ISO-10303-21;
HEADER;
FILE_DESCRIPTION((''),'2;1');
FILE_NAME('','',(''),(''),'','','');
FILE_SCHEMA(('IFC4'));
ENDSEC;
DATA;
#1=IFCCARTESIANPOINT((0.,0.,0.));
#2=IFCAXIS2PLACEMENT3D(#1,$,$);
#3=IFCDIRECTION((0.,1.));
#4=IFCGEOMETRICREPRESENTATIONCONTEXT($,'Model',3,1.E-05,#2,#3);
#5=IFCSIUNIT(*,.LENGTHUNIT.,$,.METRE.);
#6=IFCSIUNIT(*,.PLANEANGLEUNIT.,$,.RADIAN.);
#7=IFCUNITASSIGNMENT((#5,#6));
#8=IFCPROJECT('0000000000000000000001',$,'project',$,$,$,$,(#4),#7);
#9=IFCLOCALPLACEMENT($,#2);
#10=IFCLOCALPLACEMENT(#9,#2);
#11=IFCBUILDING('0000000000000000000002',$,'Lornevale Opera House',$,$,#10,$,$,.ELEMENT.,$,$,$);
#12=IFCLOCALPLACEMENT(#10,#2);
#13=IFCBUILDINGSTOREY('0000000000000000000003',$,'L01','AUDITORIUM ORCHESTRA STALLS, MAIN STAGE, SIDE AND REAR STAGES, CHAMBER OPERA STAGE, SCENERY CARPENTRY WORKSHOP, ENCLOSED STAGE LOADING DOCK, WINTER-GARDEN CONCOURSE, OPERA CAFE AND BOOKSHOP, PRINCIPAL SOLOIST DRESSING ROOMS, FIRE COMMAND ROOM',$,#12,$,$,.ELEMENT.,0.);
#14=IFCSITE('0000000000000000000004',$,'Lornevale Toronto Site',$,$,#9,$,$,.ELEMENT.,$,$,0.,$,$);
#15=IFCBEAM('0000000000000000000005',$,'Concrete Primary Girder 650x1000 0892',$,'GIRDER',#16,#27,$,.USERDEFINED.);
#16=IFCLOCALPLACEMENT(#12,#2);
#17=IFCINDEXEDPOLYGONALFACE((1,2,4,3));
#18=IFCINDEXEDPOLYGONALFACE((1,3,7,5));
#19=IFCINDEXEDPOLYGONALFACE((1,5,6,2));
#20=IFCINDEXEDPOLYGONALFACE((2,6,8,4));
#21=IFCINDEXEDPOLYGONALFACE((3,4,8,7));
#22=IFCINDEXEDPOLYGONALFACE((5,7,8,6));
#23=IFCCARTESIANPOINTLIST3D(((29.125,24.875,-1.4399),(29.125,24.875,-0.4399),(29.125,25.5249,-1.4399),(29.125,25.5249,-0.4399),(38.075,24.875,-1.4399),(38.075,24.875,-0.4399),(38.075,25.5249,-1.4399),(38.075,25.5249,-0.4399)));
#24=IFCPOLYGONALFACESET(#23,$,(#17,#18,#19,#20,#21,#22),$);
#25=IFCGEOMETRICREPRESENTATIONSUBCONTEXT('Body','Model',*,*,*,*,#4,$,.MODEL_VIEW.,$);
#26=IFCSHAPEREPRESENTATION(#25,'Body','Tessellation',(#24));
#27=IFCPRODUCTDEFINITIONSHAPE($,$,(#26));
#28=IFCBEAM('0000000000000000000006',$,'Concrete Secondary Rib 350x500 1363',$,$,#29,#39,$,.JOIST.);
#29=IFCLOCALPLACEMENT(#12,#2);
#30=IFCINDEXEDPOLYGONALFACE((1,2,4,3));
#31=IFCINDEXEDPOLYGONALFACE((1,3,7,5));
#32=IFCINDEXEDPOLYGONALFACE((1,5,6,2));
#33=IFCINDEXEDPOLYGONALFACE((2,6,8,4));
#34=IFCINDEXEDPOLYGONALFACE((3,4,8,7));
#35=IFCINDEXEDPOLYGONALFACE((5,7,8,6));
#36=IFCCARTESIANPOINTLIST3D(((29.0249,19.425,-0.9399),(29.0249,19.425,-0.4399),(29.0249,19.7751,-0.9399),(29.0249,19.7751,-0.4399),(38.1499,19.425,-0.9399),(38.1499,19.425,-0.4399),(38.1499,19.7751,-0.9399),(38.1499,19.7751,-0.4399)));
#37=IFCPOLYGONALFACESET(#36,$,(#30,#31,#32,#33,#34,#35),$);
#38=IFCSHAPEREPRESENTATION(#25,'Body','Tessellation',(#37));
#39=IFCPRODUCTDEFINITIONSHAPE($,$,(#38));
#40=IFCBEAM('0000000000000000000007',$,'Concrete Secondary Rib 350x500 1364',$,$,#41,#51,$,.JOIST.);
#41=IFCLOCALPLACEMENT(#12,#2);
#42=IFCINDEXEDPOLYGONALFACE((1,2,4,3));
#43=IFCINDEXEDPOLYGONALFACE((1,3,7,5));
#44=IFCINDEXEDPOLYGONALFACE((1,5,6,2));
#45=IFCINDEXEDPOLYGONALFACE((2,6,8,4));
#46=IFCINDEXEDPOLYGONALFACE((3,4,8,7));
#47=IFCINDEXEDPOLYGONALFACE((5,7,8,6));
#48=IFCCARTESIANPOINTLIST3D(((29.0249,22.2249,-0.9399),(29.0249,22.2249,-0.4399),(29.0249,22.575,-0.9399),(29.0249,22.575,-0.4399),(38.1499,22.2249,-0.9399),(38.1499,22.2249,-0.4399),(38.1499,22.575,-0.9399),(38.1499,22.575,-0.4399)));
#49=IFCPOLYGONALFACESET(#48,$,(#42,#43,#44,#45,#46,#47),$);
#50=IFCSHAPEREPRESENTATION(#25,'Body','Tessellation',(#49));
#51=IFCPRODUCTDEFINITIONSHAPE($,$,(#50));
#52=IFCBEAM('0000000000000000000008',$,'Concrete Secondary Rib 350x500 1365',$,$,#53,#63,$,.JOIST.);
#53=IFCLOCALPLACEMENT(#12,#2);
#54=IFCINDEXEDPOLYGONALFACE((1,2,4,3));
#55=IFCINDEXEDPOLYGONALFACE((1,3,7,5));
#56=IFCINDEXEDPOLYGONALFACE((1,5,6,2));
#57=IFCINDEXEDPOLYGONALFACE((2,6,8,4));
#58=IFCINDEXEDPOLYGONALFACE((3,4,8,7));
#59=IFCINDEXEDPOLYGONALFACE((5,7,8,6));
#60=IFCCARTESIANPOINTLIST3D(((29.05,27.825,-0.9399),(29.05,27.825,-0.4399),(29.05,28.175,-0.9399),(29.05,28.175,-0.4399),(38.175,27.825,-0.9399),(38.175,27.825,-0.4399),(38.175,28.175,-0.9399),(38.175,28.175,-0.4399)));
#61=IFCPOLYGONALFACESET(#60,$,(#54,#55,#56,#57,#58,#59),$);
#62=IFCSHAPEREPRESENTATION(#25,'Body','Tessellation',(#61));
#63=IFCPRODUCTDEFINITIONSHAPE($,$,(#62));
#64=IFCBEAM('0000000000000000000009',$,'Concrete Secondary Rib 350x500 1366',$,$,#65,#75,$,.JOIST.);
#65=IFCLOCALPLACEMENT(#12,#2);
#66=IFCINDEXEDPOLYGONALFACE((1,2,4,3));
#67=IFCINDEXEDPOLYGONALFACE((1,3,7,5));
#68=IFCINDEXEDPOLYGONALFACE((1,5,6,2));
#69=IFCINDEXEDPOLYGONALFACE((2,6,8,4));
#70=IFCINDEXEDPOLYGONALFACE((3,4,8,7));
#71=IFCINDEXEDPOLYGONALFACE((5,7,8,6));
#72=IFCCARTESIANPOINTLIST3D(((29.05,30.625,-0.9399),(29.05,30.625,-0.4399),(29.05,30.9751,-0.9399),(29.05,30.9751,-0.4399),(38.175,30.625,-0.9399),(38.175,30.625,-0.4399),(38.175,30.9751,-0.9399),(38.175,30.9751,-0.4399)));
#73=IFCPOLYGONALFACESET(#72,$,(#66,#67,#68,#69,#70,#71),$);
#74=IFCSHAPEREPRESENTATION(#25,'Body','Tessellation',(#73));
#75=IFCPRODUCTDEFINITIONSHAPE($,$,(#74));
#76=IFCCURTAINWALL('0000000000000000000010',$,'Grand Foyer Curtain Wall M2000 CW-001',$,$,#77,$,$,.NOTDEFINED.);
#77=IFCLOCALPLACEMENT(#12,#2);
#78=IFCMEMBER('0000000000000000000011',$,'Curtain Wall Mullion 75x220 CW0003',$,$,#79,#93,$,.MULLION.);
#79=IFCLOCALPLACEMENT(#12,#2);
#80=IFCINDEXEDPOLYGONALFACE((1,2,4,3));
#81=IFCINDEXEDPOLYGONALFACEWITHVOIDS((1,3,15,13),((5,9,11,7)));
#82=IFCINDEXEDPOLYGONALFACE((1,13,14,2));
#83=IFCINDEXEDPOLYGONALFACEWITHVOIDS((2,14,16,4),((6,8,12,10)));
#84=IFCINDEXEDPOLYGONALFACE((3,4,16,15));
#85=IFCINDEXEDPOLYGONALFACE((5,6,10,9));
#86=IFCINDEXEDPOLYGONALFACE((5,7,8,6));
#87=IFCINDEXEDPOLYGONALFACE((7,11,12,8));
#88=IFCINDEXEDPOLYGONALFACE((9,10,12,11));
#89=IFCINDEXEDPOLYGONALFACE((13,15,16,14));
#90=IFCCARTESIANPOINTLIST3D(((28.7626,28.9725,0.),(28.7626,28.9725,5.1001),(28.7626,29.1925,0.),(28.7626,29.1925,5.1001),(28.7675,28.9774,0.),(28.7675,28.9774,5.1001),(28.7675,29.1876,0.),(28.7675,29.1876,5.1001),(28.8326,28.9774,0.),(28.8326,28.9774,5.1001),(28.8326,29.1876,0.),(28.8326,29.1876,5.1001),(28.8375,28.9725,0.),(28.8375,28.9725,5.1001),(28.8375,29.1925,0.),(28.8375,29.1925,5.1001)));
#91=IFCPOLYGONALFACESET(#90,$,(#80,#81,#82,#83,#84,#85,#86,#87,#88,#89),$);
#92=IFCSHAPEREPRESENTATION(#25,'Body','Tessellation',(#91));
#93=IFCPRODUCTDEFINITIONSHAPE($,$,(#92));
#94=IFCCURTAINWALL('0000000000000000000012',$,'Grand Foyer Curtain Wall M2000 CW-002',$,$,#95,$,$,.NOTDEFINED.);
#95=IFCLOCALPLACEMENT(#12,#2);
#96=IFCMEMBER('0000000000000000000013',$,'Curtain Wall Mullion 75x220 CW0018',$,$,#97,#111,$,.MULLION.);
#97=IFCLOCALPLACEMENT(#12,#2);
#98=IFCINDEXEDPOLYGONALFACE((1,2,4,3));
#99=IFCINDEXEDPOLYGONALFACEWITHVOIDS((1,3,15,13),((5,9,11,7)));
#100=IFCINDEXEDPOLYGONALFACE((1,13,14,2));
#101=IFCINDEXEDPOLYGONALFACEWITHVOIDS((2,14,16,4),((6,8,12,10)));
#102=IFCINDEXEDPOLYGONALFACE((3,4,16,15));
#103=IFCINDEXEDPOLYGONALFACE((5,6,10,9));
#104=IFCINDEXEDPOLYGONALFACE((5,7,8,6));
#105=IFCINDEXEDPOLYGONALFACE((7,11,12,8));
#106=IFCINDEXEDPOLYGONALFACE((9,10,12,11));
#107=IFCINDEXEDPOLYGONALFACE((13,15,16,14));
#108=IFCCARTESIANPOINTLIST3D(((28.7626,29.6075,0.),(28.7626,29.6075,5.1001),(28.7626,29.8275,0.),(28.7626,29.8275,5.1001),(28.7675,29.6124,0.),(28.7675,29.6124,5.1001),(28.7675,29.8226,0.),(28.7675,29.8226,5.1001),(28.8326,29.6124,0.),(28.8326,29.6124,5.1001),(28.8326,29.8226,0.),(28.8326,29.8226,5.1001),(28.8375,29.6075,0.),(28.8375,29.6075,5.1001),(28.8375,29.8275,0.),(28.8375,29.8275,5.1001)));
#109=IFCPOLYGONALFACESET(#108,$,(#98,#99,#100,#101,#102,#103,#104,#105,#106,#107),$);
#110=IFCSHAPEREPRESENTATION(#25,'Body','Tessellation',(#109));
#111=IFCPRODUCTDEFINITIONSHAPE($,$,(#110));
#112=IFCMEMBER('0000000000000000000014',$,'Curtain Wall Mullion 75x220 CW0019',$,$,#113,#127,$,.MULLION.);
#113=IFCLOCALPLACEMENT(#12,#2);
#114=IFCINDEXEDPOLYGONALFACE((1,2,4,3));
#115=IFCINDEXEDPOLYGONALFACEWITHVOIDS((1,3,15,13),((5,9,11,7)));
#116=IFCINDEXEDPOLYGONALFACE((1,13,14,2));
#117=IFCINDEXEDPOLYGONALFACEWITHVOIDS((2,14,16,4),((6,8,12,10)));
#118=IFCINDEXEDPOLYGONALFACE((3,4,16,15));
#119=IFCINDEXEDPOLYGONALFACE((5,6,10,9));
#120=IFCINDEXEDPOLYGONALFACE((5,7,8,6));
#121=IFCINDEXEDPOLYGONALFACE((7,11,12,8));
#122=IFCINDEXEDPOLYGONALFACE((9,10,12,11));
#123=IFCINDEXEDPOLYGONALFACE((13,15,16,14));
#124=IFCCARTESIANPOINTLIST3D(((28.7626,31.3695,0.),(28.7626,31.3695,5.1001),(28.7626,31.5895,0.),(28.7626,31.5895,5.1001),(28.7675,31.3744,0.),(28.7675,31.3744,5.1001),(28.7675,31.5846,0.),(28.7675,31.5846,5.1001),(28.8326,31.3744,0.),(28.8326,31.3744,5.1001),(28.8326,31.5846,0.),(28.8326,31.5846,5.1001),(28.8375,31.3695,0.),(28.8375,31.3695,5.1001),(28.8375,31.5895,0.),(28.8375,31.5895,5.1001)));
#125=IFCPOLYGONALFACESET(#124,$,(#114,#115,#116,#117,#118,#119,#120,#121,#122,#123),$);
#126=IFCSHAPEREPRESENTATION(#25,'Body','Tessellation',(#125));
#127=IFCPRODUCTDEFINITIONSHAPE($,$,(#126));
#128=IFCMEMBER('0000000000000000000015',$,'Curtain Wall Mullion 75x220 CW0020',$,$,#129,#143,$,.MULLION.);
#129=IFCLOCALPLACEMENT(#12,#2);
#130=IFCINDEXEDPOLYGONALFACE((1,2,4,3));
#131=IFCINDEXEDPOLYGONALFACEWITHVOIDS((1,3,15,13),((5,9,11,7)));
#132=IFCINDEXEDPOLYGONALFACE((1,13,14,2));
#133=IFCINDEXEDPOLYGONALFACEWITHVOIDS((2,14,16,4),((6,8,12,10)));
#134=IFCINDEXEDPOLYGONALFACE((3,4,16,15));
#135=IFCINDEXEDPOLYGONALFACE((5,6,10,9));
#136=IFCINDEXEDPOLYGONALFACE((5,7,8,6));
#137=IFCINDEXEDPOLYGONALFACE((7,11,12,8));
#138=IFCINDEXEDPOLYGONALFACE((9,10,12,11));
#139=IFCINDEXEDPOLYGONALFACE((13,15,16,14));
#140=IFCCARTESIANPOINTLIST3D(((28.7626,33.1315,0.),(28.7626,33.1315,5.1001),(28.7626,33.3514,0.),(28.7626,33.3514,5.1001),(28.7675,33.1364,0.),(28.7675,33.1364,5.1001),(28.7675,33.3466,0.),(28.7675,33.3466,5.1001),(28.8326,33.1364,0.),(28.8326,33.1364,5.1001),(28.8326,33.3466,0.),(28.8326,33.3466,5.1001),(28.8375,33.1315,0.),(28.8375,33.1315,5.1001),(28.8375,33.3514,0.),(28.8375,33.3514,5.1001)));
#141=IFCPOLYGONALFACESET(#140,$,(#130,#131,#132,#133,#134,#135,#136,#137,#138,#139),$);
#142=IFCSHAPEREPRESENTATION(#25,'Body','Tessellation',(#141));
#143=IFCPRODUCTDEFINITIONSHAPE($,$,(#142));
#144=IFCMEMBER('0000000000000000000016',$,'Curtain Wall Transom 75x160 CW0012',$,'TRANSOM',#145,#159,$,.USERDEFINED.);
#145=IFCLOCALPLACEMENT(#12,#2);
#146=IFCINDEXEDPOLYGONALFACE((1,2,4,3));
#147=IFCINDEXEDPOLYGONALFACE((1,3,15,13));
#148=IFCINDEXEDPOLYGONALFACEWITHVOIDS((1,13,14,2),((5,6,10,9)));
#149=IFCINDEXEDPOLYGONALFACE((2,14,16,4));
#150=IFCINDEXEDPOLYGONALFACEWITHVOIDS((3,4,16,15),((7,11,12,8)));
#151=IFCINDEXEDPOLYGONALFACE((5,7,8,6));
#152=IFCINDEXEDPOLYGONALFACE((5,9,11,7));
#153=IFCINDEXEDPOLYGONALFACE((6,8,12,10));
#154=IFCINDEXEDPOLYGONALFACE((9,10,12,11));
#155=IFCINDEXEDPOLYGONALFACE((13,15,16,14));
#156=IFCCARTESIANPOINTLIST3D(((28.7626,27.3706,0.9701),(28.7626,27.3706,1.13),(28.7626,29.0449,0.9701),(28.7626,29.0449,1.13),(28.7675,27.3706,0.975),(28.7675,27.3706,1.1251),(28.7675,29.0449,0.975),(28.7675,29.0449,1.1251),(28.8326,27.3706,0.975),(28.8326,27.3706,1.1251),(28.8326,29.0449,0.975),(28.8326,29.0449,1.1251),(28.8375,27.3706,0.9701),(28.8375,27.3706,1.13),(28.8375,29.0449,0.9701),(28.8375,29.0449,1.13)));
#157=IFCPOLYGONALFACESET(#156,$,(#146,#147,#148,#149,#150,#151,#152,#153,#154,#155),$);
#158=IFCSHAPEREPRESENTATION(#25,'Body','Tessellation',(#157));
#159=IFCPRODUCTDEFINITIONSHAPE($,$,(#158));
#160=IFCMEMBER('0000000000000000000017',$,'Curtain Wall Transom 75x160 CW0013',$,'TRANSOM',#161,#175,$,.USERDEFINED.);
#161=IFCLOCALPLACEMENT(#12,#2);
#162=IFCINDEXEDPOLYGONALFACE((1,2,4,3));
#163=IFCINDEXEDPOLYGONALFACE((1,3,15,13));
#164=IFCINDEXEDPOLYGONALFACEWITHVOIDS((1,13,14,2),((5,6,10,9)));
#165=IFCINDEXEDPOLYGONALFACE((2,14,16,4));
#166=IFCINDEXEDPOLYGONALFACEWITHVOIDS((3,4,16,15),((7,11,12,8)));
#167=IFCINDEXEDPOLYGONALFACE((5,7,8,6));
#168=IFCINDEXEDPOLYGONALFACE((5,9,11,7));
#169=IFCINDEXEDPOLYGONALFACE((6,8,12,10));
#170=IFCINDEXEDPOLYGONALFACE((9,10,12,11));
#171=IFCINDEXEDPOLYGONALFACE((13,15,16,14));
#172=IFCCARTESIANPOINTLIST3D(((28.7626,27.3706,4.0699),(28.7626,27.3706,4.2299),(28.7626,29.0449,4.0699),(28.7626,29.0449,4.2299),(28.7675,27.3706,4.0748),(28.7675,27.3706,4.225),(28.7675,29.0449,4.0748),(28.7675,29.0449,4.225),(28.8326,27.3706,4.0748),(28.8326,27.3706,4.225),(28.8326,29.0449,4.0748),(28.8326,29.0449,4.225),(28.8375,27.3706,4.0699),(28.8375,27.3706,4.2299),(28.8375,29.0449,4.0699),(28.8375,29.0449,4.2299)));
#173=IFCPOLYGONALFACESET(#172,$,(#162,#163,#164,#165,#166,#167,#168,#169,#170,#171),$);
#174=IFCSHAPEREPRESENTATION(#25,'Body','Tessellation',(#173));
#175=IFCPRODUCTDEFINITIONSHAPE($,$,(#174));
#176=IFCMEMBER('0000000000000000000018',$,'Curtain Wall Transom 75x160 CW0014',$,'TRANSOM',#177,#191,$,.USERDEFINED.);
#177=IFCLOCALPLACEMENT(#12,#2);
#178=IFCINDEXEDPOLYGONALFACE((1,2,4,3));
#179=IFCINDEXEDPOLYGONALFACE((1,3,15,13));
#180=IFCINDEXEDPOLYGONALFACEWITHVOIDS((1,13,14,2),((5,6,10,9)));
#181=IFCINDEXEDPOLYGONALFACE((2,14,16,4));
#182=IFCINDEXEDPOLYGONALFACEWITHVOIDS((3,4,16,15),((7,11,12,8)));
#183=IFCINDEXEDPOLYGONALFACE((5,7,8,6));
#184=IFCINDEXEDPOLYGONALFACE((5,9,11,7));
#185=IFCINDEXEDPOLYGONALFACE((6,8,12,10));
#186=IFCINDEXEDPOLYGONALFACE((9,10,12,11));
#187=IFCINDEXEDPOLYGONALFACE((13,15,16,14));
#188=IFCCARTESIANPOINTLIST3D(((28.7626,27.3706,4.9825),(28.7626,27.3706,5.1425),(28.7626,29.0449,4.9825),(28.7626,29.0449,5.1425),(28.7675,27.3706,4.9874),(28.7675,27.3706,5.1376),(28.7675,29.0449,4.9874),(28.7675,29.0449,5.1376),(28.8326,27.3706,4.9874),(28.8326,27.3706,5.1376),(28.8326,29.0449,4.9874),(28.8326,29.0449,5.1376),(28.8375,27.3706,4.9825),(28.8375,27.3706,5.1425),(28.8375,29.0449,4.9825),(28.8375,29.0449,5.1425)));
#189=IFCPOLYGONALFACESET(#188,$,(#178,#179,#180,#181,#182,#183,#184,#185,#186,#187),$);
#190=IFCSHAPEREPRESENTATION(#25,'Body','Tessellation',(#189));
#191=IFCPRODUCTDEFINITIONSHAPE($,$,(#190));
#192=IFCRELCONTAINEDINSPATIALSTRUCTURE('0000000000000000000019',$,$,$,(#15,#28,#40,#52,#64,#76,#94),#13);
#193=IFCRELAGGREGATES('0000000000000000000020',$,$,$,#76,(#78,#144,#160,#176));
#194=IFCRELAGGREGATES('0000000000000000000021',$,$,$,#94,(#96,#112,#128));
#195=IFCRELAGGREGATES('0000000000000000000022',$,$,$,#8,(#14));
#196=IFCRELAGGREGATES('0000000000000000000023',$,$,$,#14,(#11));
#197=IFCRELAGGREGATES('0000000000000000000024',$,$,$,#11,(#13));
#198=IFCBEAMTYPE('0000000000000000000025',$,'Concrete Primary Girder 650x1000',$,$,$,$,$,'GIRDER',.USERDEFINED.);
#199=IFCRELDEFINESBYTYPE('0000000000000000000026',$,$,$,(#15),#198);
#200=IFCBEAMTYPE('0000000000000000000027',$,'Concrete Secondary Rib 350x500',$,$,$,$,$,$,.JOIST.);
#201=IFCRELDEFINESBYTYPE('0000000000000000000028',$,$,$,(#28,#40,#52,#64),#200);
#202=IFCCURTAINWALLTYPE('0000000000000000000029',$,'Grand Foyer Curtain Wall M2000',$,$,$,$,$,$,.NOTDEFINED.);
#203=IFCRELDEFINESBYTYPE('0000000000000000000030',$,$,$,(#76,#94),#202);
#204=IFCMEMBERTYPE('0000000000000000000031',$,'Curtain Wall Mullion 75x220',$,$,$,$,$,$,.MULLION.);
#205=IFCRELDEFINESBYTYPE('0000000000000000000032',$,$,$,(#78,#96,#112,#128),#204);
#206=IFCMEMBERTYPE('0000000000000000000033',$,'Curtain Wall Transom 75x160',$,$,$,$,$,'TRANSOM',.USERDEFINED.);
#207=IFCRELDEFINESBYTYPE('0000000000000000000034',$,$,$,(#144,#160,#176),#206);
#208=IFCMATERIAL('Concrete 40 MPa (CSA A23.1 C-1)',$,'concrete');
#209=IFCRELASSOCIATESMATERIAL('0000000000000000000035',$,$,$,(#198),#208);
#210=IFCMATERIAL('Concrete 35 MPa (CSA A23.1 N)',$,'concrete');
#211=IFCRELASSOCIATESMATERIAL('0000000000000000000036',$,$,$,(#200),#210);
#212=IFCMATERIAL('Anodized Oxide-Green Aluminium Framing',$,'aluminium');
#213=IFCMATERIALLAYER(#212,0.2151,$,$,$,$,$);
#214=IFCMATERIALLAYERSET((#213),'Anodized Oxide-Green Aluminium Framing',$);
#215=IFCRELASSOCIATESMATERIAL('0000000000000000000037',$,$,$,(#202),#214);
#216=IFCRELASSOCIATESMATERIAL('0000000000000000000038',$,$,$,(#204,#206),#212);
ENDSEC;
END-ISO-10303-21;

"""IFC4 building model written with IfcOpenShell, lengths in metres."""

from ifc_helpers import new_model, si_unit, direction, frame, origin, origin_2d, place, context, subcontext, project, spatial, rectangle, hollow_rectangle, extrude, material, layer, layer_set, material_profile, profile_set, type_object, element, aggregate, save


model = new_model("IFC4")

# Units and contexts
model_context = context("Model", 3, precision=1e-05, world=origin(), true_north=direction((0.0, 1.0)))
body_context = subcontext(model_context, "Body", "Model", "MODEL_VIEW")
ifc_project = project(units=[si_unit("LENGTHUNIT", "METRE"), si_unit("PLANEANGLEUNIT", "RADIAN")], contexts=[model_context])

# Site, building, storey
site_placement = place(None, origin())
site = spatial("IfcSite", under=ifc_project, at=site_placement, Name="Lornevale Toronto Site", CompositionType="ELEMENT", RefElevation=0.0)
building_placement = place(site_placement, origin())
building = spatial("IfcBuilding", under=site, at=building_placement, Name="Lornevale Opera House", CompositionType="ELEMENT")
storey_placement = place(building_placement, origin())
storey = spatial("IfcBuildingStorey", under=building, at=storey_placement, Name="L01", Description="AUDITORIUM ORCHESTRA STALLS, MAIN STAGE, SIDE AND REAR STAGES, CHAMBER OPERA STAGE, SCENERY CARPENTRY WORKSHOP, ENCLOSED STAGE LOADING DOCK, WINTER-GARDEN CONCOURSE, OPERA CAFE AND BOOKSHOP, PRINCIPAL SOLOIST DRESSING ROOMS, FIRE COMMAND ROOM", CompositionType="ELEMENT", Elevation=0.0)

# Beams
ifc_material_1 = material(Name="Concrete 40 MPa (CSA A23.1 C-1)", Category="concrete")
ifc_material_profile_1 = material_profile(ifc_material_1, rectangle(XDim=0.6499, YDim=1.0, at=origin_2d()), Name="RC650x1000")
ifc_profile_set_1 = profile_set([ifc_material_profile_1], Name="Concrete 40 MPa (CSA A23.1 C-1)")
beam_type_1 = type_object("IfcBeamType", Name="Concrete Primary Girder 650x1000", ElementType="GIRDER", PredefinedType="USERDEFINED", material=ifc_profile_set_1)
beam_placement = place(storey_placement, frame((29.125, 25.2, -0.9399), z_axis=(1.0, 0.0, 0.0), x_axis=(0.0, 1.0, 0.0)))
element("IfcBeam", 1, at=beam_placement, inside=storey, type_object=beam_type_1, Name="Concrete Primary Girder 650x1000 0892", ObjectType="GIRDER", PredefinedType="USERDEFINED", context=body_context, shape_type="SweptSolid", body=[
    extrude(rectangle(XDim=0.6499, YDim=1.0, at=origin_2d()), origin(), (0.0, 0.0, 1.0), 8.95),
])
ifc_material_2 = material(Name="Concrete 35 MPa (CSA A23.1 N)", Category="concrete")
ifc_material_profile_2 = material_profile(ifc_material_2, rectangle(XDim=0.3501, YDim=0.5, at=origin_2d()), Name="RC350x500")
ifc_profile_set_2 = profile_set([ifc_material_profile_2], Name="Concrete 35 MPa (CSA A23.1 N)")
beam_type_2 = type_object("IfcBeamType", Name="Concrete Secondary Rib 350x500", PredefinedType="JOIST", material=ifc_profile_set_2)
for number, where, z_axis, x_axis, name in (
    (2, (29.0249, 19.6001, -0.6899), (1.0, 0.0, 0.0), (0.0, 1.0, 0.0), "Concrete Secondary Rib 350x500 1363"),
    (3, (29.0249, 22.3999, -0.6899), (1.0, 0.0, 0.0), (0.0, 1.0, 0.0), "Concrete Secondary Rib 350x500 1364"),
    (4, (29.05, 28.0, -0.6899), (1.0, 0.0, 0.0), (0.0, 1.0, 0.0), "Concrete Secondary Rib 350x500 1365"),
    (5, (29.05, 30.8, -0.6899), (1.0, 0.0, 0.0), (0.0, 1.0, 0.0), "Concrete Secondary Rib 350x500 1366"),
):
    element("IfcBeam", number, at=place(storey_placement, frame(where, z_axis=z_axis, x_axis=x_axis)), inside=storey, type_object=beam_type_2, Name=name, PredefinedType="JOIST", context=body_context, shape_type="SweptSolid", body=[
        extrude(rectangle(XDim=0.3501, YDim=0.5, at=origin_2d()), origin(), (0.0, 0.0, 1.0), 9.125),
    ])

# Curtain wall, member
ifc_material_3 = material(Name="Anodized Oxide-Green Aluminium Framing", Category="aluminium")
ifc_layer_1 = layer(ifc_material_3, 0.2151)
ifc_layer_set_1 = layer_set([ifc_layer_1], Name="Anodized Oxide-Green Aluminium Framing")
curtain_wall_type = type_object("IfcCurtainWallType", Name="Grand Foyer Curtain Wall M2000", PredefinedType="NOTDEFINED", material=ifc_layer_set_1)
curtain_wall_1_placement = place(storey_placement, origin())
curtain_wall_1 = element("IfcCurtainWall", 6, at=curtain_wall_1_placement, inside=storey, type_object=curtain_wall_type, Name="Grand Foyer Curtain Wall M2000 CW-001", PredefinedType="NOTDEFINED")
ifc_material_profile_3 = material_profile(ifc_material_3, hollow_rectangle(XDim=0.075, YDim=0.22, WallThickness=0.0049, at=origin_2d()), Name="ALU75x220x5")
ifc_profile_set_3 = profile_set([ifc_material_profile_3], Name="Anodized Oxide-Green Aluminium Framing")
member_type_1 = type_object("IfcMemberType", Name="Curtain Wall Mullion 75x220", PredefinedType="MULLION", material=ifc_profile_set_3)
member_1_placement = place(storey_placement, frame((28.8, 29.0825, 0.0), z_axis=(0.0, 0.0, 1.0), x_axis=(-1.0, 0.0, 0.0)))
member_1 = element("IfcMember", 7, at=member_1_placement, type_object=member_type_1, Name="Curtain Wall Mullion 75x220 CW0003", PredefinedType="MULLION", context=body_context, shape_type="SweptSolid", body=[
    extrude(hollow_rectangle(XDim=0.075, YDim=0.22, WallThickness=0.0049, at=origin_2d()), origin(), (0.0, 0.0, 1.0), 5.1001),
])

# Curtain wall, members
curtain_wall_2_placement = place(storey_placement, origin())
curtain_wall_2 = element("IfcCurtainWall", 8, at=curtain_wall_2_placement, inside=storey, type_object=curtain_wall_type, Name="Grand Foyer Curtain Wall M2000 CW-002", PredefinedType="NOTDEFINED")
member_2_placement = place(storey_placement, frame((28.8, 29.7175, 0.0), z_axis=(0.0, 0.0, 1.0), x_axis=(-1.0, 0.0, 0.0)))
member_2 = element("IfcMember", 9, at=member_2_placement, type_object=member_type_1, Name="Curtain Wall Mullion 75x220 CW0018", PredefinedType="MULLION", context=body_context, shape_type="SweptSolid", body=[
    extrude(hollow_rectangle(XDim=0.075, YDim=0.22, WallThickness=0.0049, at=origin_2d()), origin(), (0.0, 0.0, 1.0), 5.1001),
])
member_3_placement = place(storey_placement, frame((28.8, 31.4795, 0.0), z_axis=(0.0, 0.0, 1.0), x_axis=(-1.0, 0.0, 0.0)))
member_3 = element("IfcMember", 10, at=member_3_placement, type_object=member_type_1, Name="Curtain Wall Mullion 75x220 CW0019", PredefinedType="MULLION", context=body_context, shape_type="SweptSolid", body=[
    extrude(hollow_rectangle(XDim=0.075, YDim=0.22, WallThickness=0.0049, at=origin_2d()), origin(), (0.0, 0.0, 1.0), 5.1001),
])
member_4_placement = place(storey_placement, frame((28.8, 33.2415, 0.0), z_axis=(0.0, 0.0, 1.0), x_axis=(-1.0, 0.0, 0.0)))
member_4 = element("IfcMember", 11, at=member_4_placement, type_object=member_type_1, Name="Curtain Wall Mullion 75x220 CW0020", PredefinedType="MULLION", context=body_context, shape_type="SweptSolid", body=[
    extrude(hollow_rectangle(XDim=0.075, YDim=0.22, WallThickness=0.0049, at=origin_2d()), origin(), (0.0, 0.0, 1.0), 5.1001),
])

# Members
ifc_material_profile_4 = material_profile(ifc_material_3, hollow_rectangle(XDim=0.075, YDim=0.1599, WallThickness=0.0049, at=origin_2d()), Name="ALU75x160x5")
ifc_profile_set_4 = profile_set([ifc_material_profile_4], Name="Anodized Oxide-Green Aluminium Framing")
member_type_2 = type_object("IfcMemberType", Name="Curtain Wall Transom 75x160", ElementType="TRANSOM", PredefinedType="USERDEFINED", material=ifc_profile_set_4)
member_5_placement = place(storey_placement, frame((28.8, 27.3706, 1.05), z_axis=(0.0, 1.0, 0.0), x_axis=(-1.0, 0.0, 0.0)))
member_5 = element("IfcMember", 12, at=member_5_placement, type_object=member_type_2, Name="Curtain Wall Transom 75x160 CW0012", ObjectType="TRANSOM", PredefinedType="USERDEFINED", context=body_context, shape_type="SweptSolid", body=[
    extrude(hollow_rectangle(XDim=0.075, YDim=0.1599, WallThickness=0.0049, at=origin_2d()), origin(), (0.0, 0.0, 1.0), 1.6743),
])
member_6_placement = place(storey_placement, frame((28.8, 27.3706, 4.1499), z_axis=(0.0, 1.0, 0.0), x_axis=(-1.0, 0.0, 0.0)))
member_6 = element("IfcMember", 13, at=member_6_placement, type_object=member_type_2, Name="Curtain Wall Transom 75x160 CW0013", ObjectType="TRANSOM", PredefinedType="USERDEFINED", context=body_context, shape_type="SweptSolid", body=[
    extrude(hollow_rectangle(XDim=0.075, YDim=0.1599, WallThickness=0.0049, at=origin_2d()), origin(), (0.0, 0.0, 1.0), 1.6743),
])
member_7_placement = place(storey_placement, frame((28.8, 27.3706, 5.0625), z_axis=(0.0, 1.0, 0.0), x_axis=(-1.0, 0.0, 0.0)))
member_7 = element("IfcMember", 14, at=member_7_placement, type_object=member_type_2, Name="Curtain Wall Transom 75x160 CW0014", ObjectType="TRANSOM", PredefinedType="USERDEFINED", context=body_context, shape_type="SweptSolid", body=[
    extrude(hollow_rectangle(XDim=0.075, YDim=0.1599, WallThickness=0.0049, at=origin_2d()), origin(), (0.0, 0.0, 1.0), 1.6743),
])

aggregate(curtain_wall_1, [member_1, member_5, member_6, member_7])
aggregate(curtain_wall_2, [member_2, member_3, member_4])

save(model, "model.ifc")
